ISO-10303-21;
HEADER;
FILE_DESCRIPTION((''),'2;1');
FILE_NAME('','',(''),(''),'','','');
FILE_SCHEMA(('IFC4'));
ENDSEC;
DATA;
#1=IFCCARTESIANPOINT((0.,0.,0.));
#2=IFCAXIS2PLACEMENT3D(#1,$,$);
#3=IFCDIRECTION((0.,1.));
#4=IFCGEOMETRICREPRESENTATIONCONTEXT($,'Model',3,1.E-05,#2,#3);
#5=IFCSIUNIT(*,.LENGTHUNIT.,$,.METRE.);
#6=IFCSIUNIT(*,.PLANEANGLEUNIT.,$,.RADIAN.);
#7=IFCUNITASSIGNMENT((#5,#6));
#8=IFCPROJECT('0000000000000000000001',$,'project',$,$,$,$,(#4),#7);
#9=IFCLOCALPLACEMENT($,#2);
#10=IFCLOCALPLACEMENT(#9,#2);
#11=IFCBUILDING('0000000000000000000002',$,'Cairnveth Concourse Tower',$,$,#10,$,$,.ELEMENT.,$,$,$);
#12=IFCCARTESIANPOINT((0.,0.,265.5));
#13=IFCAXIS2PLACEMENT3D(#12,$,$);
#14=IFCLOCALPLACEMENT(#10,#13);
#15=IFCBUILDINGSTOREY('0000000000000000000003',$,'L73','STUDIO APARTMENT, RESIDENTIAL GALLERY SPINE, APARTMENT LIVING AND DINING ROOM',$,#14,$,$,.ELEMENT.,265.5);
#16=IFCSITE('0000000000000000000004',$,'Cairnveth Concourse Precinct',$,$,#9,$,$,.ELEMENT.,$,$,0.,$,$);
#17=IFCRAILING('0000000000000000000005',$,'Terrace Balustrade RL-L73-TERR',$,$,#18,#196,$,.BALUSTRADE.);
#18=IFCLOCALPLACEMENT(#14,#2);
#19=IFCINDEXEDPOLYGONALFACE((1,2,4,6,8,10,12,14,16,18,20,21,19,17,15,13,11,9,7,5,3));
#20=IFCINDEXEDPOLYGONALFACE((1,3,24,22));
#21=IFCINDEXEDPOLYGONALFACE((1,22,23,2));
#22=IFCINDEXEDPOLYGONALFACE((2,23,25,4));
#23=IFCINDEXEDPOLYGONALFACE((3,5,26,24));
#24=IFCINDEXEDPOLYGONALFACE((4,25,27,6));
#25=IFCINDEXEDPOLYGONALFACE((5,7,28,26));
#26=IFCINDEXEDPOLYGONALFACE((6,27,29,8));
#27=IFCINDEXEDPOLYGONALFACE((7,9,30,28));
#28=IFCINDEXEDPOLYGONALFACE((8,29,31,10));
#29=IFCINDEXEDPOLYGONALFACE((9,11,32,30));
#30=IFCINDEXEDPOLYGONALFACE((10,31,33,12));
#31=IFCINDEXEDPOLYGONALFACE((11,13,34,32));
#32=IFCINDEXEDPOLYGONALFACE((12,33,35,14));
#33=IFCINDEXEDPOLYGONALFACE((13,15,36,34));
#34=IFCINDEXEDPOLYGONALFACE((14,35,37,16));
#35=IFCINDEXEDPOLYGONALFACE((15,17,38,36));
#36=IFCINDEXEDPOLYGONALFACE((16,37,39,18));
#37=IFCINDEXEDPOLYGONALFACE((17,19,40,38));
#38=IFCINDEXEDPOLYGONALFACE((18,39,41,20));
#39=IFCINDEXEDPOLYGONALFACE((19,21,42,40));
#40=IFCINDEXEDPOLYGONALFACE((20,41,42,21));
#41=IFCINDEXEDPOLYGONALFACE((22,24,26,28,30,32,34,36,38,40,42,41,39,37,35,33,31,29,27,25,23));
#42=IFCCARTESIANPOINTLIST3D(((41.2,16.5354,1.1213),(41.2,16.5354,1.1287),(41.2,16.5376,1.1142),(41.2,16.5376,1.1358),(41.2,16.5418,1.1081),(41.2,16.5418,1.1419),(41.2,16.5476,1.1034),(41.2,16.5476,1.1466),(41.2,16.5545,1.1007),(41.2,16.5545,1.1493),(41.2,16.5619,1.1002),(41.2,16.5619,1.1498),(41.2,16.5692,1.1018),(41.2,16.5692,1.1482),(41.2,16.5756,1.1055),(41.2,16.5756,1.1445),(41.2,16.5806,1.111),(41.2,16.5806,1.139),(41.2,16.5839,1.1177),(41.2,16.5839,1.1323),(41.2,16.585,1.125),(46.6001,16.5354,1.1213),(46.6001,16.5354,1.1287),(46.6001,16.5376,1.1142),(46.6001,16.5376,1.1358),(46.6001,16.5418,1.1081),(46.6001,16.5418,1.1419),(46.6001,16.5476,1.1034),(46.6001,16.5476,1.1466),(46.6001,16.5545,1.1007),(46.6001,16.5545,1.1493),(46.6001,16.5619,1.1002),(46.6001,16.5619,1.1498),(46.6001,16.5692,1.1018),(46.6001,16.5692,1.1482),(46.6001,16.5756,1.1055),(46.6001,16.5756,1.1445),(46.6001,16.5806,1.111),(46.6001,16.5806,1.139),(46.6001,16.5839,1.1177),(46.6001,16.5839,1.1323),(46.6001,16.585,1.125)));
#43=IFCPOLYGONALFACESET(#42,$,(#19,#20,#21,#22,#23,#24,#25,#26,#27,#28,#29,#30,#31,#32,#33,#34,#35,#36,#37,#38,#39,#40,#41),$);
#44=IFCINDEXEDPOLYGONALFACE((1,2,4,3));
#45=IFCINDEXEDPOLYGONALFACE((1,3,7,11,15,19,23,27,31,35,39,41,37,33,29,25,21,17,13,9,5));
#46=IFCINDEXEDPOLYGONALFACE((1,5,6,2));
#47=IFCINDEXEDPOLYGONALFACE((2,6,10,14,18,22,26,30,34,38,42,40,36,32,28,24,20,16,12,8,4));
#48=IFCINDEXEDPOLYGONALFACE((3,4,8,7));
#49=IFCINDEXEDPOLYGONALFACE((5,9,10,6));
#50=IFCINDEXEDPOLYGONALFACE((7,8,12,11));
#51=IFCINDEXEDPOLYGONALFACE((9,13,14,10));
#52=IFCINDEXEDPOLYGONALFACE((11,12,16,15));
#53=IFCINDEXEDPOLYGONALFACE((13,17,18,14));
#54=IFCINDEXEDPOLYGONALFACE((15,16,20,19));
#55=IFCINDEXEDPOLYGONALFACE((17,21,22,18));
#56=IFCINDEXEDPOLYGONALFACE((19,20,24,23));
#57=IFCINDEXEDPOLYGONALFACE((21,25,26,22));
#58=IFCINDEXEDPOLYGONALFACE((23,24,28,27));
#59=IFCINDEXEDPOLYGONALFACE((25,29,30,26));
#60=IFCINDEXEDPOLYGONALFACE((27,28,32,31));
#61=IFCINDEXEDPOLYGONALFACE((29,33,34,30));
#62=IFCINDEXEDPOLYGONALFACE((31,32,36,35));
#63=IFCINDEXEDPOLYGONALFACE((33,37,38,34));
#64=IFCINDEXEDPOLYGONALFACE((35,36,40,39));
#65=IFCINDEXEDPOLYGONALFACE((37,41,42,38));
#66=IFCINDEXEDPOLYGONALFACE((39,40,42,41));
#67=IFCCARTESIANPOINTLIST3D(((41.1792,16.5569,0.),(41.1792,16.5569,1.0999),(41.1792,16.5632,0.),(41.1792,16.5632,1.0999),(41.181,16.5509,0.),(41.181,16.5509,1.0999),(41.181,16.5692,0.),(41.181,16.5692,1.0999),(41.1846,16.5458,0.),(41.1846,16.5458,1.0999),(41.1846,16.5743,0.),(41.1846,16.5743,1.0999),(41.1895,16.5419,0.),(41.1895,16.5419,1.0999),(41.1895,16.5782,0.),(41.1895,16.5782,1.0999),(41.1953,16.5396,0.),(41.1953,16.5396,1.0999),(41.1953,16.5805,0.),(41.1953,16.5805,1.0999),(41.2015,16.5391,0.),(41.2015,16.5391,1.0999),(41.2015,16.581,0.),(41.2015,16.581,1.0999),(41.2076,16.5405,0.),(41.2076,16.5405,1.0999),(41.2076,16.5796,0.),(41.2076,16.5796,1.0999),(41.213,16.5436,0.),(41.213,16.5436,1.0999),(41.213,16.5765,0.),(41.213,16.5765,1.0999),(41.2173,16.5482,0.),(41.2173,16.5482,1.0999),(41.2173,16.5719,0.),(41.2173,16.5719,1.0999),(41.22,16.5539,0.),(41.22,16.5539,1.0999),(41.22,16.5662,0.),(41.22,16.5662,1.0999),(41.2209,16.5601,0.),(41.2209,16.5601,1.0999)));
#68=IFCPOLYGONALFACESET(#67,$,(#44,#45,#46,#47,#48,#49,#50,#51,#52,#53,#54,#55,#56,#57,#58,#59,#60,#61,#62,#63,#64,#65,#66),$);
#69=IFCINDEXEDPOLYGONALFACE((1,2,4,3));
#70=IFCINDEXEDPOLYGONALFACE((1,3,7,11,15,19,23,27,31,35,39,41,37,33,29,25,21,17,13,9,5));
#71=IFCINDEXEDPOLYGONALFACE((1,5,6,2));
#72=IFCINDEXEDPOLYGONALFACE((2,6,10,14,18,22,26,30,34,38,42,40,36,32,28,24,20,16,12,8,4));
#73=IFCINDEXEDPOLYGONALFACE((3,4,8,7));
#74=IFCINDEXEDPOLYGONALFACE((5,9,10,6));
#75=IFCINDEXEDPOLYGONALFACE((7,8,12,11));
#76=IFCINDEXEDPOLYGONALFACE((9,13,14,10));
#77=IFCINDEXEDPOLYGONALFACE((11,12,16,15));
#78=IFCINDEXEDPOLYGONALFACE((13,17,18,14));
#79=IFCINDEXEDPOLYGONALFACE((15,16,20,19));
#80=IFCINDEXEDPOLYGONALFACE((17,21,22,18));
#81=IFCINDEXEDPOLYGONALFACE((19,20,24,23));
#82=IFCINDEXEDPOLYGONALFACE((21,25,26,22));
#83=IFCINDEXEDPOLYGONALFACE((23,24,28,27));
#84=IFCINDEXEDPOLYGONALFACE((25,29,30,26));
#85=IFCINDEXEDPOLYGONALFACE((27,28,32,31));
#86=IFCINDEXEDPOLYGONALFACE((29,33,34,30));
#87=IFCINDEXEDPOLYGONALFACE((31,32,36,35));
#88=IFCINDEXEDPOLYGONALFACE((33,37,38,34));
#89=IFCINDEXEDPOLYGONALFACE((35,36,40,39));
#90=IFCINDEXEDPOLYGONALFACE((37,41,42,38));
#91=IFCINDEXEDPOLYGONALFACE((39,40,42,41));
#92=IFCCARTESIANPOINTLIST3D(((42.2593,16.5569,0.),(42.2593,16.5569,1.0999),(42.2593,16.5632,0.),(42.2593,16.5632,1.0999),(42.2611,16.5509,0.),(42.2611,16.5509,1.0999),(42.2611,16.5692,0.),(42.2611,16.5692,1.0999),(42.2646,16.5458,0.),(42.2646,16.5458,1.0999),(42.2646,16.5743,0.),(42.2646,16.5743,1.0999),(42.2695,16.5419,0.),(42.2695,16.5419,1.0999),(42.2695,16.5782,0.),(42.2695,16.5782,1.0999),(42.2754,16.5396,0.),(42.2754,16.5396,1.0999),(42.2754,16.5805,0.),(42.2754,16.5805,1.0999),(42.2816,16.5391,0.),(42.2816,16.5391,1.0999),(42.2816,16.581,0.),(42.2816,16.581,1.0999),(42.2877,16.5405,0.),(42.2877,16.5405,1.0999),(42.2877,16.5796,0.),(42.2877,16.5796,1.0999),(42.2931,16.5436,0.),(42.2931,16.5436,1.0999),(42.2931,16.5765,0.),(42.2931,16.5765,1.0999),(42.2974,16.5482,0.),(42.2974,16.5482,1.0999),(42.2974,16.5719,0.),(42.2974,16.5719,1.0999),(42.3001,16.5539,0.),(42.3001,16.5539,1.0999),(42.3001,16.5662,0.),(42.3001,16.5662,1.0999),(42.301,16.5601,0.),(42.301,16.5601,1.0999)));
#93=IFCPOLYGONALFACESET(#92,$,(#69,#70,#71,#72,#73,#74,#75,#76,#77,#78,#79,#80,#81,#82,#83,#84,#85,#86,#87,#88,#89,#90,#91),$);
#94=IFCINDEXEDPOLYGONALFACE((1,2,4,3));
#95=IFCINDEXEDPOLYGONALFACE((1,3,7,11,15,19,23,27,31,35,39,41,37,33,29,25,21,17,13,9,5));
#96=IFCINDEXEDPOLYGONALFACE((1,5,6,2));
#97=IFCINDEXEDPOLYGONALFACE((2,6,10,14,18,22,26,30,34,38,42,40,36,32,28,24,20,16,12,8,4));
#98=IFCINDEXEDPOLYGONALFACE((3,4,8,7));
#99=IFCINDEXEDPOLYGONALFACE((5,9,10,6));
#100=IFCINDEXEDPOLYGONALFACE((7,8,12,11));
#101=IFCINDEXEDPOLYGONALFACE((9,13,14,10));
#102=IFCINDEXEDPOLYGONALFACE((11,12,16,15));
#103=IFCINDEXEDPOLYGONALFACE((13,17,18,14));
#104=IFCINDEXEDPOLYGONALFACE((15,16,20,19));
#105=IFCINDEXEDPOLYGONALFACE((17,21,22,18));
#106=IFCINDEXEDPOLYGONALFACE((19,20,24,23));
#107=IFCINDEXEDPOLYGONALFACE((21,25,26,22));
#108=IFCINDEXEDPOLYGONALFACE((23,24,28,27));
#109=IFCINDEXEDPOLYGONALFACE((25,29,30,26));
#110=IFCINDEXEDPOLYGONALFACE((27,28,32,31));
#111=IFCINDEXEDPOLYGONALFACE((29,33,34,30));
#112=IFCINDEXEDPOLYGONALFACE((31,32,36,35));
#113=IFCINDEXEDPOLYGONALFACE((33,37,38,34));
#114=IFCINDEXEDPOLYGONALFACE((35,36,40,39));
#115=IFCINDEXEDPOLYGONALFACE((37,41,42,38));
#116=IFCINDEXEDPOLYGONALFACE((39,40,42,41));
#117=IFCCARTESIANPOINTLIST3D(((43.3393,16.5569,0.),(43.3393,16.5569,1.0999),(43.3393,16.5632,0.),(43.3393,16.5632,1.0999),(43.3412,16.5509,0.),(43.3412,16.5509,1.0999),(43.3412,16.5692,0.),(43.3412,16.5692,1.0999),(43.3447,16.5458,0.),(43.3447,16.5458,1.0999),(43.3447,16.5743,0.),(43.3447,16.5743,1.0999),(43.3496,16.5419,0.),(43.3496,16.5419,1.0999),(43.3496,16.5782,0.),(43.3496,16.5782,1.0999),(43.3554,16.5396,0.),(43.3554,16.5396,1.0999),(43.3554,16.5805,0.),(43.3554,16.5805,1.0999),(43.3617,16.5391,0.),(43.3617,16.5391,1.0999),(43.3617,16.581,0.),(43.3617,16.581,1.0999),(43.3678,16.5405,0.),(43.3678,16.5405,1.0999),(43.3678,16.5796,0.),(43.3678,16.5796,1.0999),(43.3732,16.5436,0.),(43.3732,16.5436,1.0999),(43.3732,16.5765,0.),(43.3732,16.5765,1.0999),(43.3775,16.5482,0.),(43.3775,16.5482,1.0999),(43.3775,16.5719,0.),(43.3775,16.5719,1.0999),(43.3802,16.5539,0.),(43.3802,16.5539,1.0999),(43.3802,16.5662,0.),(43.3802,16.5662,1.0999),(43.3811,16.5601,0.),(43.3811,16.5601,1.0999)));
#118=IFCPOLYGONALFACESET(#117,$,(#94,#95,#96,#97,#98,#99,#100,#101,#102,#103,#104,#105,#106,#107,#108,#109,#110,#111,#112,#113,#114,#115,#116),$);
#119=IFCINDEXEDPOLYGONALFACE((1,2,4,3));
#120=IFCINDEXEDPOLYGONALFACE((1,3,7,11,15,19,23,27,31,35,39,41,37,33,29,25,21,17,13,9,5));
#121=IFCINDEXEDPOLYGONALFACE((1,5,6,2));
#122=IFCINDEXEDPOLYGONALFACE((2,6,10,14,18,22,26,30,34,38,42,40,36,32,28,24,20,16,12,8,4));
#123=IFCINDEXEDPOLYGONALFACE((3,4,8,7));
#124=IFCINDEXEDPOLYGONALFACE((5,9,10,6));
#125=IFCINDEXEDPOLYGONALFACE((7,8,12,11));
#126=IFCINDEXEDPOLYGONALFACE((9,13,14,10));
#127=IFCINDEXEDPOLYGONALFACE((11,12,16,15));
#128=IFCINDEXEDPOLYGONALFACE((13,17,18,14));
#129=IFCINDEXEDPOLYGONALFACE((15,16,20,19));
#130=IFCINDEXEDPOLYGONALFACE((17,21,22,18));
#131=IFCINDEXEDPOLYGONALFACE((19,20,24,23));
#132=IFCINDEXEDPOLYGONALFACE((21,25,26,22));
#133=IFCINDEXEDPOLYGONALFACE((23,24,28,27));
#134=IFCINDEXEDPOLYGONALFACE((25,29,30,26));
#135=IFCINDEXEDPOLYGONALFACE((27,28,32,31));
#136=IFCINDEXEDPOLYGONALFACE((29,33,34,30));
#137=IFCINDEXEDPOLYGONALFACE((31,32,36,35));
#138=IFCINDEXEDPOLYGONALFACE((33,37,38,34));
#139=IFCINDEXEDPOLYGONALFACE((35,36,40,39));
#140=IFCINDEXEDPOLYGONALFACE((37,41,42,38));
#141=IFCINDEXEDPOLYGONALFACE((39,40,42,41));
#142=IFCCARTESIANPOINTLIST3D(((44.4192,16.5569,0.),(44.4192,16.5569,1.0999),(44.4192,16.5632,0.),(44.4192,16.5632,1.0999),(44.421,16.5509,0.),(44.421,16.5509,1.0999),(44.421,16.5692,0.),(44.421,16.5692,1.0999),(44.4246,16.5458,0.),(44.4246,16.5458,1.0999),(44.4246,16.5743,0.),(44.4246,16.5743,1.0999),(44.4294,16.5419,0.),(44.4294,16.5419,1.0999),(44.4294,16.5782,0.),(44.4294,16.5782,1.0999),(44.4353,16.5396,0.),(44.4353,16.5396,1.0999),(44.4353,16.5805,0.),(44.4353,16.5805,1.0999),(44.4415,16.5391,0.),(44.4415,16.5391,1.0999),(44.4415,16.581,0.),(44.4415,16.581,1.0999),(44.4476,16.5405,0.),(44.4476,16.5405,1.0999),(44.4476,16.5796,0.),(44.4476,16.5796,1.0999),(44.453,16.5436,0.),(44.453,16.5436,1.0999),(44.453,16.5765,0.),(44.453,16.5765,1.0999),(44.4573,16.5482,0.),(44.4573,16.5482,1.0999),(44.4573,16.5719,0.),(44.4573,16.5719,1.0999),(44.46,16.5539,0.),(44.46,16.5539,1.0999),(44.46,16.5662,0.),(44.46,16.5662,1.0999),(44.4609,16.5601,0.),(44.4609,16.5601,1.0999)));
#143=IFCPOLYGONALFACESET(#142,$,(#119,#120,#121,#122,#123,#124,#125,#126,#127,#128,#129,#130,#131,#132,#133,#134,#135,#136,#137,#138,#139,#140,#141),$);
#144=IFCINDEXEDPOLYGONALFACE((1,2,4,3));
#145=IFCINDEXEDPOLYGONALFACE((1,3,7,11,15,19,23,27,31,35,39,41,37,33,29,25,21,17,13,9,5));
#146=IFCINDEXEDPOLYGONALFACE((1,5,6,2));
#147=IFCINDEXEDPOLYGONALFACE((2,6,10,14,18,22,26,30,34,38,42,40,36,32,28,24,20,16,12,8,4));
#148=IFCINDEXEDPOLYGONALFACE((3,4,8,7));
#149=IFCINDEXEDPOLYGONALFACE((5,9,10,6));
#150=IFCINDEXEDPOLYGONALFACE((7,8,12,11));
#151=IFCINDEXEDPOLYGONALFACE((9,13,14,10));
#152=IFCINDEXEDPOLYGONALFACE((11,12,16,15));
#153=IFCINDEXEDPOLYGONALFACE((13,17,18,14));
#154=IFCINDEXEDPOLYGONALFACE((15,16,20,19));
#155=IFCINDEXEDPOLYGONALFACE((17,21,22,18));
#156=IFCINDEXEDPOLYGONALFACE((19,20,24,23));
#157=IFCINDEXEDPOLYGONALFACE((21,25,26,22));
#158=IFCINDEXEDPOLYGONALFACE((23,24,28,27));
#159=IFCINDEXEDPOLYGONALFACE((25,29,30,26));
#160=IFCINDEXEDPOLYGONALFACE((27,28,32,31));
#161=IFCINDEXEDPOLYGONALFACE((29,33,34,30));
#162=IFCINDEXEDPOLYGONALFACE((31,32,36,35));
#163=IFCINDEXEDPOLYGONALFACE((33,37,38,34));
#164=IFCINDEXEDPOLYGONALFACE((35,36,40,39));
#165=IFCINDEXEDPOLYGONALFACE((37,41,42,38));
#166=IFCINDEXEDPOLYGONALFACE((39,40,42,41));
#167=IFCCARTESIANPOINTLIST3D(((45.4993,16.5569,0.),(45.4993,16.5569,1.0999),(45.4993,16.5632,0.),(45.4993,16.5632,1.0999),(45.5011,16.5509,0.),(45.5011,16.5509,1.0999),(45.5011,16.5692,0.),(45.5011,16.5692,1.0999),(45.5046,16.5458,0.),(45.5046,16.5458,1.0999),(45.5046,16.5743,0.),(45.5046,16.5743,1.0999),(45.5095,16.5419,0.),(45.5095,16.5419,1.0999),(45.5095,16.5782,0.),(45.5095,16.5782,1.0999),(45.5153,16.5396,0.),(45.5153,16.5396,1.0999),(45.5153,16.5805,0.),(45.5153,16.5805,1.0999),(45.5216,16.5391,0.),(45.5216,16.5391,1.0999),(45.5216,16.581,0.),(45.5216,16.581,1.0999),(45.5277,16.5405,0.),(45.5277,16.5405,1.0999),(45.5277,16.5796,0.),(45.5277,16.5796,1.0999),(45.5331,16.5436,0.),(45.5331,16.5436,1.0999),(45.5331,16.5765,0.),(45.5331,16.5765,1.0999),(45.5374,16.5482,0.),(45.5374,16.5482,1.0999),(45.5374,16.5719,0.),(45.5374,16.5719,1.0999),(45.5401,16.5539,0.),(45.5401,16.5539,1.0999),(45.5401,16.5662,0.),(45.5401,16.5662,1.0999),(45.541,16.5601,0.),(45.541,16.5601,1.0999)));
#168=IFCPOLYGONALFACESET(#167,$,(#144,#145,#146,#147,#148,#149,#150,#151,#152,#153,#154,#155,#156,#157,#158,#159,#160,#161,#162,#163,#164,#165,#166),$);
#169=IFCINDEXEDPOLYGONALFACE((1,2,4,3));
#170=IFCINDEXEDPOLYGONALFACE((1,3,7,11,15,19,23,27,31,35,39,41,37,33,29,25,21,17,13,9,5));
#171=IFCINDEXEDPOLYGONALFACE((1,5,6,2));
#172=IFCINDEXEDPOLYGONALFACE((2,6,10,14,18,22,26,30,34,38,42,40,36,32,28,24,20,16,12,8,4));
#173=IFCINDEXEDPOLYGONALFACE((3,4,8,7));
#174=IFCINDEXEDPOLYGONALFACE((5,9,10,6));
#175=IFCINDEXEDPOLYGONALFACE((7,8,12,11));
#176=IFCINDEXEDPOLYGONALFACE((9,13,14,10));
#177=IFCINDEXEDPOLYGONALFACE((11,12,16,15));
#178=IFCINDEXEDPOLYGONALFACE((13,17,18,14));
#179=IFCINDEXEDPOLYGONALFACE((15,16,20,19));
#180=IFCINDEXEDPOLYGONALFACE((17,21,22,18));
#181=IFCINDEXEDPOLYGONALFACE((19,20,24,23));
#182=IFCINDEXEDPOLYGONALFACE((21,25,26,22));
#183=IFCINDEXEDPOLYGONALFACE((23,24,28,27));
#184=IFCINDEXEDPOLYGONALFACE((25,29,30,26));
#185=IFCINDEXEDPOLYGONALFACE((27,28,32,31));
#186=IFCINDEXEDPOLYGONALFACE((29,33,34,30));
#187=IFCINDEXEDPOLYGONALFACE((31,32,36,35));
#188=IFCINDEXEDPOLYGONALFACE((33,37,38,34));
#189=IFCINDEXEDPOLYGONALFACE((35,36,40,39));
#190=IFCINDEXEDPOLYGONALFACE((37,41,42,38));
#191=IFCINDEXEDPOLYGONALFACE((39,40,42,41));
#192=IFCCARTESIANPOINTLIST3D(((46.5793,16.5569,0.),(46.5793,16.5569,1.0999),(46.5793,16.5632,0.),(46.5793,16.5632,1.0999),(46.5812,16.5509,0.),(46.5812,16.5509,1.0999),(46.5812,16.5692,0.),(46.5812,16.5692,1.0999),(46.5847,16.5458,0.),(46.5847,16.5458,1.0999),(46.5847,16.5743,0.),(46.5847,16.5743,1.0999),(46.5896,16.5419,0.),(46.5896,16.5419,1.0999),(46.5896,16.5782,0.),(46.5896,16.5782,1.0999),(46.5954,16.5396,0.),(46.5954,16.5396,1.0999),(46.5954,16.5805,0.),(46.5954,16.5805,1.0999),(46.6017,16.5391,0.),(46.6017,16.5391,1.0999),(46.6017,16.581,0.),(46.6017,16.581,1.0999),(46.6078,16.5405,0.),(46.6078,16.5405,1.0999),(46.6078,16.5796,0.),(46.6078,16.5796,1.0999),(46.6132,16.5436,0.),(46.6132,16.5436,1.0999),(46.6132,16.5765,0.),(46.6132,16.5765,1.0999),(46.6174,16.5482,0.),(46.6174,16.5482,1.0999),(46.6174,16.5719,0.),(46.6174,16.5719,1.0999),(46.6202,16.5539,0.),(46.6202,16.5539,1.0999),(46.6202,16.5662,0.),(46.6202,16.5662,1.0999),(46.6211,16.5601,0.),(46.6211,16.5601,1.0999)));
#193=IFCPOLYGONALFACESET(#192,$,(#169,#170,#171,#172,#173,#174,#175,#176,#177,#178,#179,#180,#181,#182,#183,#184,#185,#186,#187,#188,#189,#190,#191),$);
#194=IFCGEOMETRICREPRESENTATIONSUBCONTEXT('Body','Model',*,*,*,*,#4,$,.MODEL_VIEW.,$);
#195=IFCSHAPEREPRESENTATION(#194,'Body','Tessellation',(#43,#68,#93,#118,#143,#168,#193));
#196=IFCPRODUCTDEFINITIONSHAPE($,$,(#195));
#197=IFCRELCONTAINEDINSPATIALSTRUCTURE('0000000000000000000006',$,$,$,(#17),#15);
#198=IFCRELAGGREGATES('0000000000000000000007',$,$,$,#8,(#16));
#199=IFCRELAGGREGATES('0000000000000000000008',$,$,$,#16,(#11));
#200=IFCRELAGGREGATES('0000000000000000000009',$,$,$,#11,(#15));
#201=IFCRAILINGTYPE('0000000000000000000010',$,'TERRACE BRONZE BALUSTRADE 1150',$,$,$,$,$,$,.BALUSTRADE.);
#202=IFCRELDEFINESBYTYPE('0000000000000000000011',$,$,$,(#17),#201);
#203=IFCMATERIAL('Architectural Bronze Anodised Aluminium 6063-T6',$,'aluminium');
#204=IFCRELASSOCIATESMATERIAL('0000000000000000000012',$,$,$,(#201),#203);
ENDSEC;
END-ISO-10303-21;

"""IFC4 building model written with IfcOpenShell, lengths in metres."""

from ifc_helpers import new_model, si_unit, direction, frame, origin, origin_2d, place, context, subcontext, project, spatial, circle, extrude, material, type_object, element, save


model = new_model("IFC4")

# Units and contexts
model_context = context("Model", 3, precision=1e-05, world=origin(), true_north=direction((0.0, 1.0)))
body_context = subcontext(model_context, "Body", "Model", "MODEL_VIEW")
ifc_project = project(units=[si_unit("LENGTHUNIT", "METRE"), si_unit("PLANEANGLEUNIT", "RADIAN")], contexts=[model_context])

# Site, building, storey
site_placement = place(None, origin())
site = spatial("IfcSite", under=ifc_project, at=site_placement, Name="Cairnveth Concourse Precinct", CompositionType="ELEMENT", RefElevation=0.0)
building_placement = place(site_placement, origin())
building = spatial("IfcBuilding", under=site, at=building_placement, Name="Cairnveth Concourse Tower", CompositionType="ELEMENT")
storey_placement = place(building_placement, frame((0.0, 0.0, 265.5)))
storey = spatial("IfcBuildingStorey", under=building, at=storey_placement, Name="L73", Description="STUDIO APARTMENT, RESIDENTIAL GALLERY SPINE, APARTMENT LIVING AND DINING ROOM", CompositionType="ELEMENT", Elevation=265.5)

# Shared definitions
ifc_material_1 = material(Name="Architectural Bronze Anodised Aluminium 6063-T6", Category="aluminium")

# Railing
railing_type = type_object("IfcRailingType", Name="TERRACE BRONZE BALUSTRADE 1150", PredefinedType="BALUSTRADE", material=ifc_material_1)
railing_placement = place(storey_placement, frame((41.2, 16.5601, 0.0)))
element("IfcRailing", 1, at=railing_placement, inside=storey, type_object=railing_type, Name="Terrace Balustrade RL-L73-TERR", PredefinedType="BALUSTRADE", context=body_context, shape_type="SweptSolid", body=[
    extrude(circle(Radius=0.0249, at=origin_2d()), frame((0.0, 0.0, 1.125), z_axis=(1.0, 0.0, 0.0), x_axis=(0.0, 1.0, 0.0)), (0.0, 0.0, 1.0), 5.4001),
    extrude(circle(Radius=0.021, at=origin_2d()), origin(), (0.0, 0.0, 1.0), 1.0999),
    extrude(circle(Radius=0.021, at=origin_2d()), frame((1.0801, 0.0, 0.0)), (0.0, 0.0, 1.0), 1.0999),
    extrude(circle(Radius=0.021, at=origin_2d()), frame((2.1602, 0.0, 0.0)), (0.0, 0.0, 1.0), 1.0999),
    extrude(circle(Radius=0.021, at=origin_2d()), frame((3.24, 0.0, 0.0)), (0.0, 0.0, 1.0), 1.0999),
    extrude(circle(Radius=0.021, at=origin_2d()), frame((4.3201, 0.0, 0.0)), (0.0, 0.0, 1.0), 1.0999),
    extrude(circle(Radius=0.021, at=origin_2d()), frame((5.4001, 0.0, 0.0)), (0.0, 0.0, 1.0), 1.0999),
])

save(model, "model.ifc")
